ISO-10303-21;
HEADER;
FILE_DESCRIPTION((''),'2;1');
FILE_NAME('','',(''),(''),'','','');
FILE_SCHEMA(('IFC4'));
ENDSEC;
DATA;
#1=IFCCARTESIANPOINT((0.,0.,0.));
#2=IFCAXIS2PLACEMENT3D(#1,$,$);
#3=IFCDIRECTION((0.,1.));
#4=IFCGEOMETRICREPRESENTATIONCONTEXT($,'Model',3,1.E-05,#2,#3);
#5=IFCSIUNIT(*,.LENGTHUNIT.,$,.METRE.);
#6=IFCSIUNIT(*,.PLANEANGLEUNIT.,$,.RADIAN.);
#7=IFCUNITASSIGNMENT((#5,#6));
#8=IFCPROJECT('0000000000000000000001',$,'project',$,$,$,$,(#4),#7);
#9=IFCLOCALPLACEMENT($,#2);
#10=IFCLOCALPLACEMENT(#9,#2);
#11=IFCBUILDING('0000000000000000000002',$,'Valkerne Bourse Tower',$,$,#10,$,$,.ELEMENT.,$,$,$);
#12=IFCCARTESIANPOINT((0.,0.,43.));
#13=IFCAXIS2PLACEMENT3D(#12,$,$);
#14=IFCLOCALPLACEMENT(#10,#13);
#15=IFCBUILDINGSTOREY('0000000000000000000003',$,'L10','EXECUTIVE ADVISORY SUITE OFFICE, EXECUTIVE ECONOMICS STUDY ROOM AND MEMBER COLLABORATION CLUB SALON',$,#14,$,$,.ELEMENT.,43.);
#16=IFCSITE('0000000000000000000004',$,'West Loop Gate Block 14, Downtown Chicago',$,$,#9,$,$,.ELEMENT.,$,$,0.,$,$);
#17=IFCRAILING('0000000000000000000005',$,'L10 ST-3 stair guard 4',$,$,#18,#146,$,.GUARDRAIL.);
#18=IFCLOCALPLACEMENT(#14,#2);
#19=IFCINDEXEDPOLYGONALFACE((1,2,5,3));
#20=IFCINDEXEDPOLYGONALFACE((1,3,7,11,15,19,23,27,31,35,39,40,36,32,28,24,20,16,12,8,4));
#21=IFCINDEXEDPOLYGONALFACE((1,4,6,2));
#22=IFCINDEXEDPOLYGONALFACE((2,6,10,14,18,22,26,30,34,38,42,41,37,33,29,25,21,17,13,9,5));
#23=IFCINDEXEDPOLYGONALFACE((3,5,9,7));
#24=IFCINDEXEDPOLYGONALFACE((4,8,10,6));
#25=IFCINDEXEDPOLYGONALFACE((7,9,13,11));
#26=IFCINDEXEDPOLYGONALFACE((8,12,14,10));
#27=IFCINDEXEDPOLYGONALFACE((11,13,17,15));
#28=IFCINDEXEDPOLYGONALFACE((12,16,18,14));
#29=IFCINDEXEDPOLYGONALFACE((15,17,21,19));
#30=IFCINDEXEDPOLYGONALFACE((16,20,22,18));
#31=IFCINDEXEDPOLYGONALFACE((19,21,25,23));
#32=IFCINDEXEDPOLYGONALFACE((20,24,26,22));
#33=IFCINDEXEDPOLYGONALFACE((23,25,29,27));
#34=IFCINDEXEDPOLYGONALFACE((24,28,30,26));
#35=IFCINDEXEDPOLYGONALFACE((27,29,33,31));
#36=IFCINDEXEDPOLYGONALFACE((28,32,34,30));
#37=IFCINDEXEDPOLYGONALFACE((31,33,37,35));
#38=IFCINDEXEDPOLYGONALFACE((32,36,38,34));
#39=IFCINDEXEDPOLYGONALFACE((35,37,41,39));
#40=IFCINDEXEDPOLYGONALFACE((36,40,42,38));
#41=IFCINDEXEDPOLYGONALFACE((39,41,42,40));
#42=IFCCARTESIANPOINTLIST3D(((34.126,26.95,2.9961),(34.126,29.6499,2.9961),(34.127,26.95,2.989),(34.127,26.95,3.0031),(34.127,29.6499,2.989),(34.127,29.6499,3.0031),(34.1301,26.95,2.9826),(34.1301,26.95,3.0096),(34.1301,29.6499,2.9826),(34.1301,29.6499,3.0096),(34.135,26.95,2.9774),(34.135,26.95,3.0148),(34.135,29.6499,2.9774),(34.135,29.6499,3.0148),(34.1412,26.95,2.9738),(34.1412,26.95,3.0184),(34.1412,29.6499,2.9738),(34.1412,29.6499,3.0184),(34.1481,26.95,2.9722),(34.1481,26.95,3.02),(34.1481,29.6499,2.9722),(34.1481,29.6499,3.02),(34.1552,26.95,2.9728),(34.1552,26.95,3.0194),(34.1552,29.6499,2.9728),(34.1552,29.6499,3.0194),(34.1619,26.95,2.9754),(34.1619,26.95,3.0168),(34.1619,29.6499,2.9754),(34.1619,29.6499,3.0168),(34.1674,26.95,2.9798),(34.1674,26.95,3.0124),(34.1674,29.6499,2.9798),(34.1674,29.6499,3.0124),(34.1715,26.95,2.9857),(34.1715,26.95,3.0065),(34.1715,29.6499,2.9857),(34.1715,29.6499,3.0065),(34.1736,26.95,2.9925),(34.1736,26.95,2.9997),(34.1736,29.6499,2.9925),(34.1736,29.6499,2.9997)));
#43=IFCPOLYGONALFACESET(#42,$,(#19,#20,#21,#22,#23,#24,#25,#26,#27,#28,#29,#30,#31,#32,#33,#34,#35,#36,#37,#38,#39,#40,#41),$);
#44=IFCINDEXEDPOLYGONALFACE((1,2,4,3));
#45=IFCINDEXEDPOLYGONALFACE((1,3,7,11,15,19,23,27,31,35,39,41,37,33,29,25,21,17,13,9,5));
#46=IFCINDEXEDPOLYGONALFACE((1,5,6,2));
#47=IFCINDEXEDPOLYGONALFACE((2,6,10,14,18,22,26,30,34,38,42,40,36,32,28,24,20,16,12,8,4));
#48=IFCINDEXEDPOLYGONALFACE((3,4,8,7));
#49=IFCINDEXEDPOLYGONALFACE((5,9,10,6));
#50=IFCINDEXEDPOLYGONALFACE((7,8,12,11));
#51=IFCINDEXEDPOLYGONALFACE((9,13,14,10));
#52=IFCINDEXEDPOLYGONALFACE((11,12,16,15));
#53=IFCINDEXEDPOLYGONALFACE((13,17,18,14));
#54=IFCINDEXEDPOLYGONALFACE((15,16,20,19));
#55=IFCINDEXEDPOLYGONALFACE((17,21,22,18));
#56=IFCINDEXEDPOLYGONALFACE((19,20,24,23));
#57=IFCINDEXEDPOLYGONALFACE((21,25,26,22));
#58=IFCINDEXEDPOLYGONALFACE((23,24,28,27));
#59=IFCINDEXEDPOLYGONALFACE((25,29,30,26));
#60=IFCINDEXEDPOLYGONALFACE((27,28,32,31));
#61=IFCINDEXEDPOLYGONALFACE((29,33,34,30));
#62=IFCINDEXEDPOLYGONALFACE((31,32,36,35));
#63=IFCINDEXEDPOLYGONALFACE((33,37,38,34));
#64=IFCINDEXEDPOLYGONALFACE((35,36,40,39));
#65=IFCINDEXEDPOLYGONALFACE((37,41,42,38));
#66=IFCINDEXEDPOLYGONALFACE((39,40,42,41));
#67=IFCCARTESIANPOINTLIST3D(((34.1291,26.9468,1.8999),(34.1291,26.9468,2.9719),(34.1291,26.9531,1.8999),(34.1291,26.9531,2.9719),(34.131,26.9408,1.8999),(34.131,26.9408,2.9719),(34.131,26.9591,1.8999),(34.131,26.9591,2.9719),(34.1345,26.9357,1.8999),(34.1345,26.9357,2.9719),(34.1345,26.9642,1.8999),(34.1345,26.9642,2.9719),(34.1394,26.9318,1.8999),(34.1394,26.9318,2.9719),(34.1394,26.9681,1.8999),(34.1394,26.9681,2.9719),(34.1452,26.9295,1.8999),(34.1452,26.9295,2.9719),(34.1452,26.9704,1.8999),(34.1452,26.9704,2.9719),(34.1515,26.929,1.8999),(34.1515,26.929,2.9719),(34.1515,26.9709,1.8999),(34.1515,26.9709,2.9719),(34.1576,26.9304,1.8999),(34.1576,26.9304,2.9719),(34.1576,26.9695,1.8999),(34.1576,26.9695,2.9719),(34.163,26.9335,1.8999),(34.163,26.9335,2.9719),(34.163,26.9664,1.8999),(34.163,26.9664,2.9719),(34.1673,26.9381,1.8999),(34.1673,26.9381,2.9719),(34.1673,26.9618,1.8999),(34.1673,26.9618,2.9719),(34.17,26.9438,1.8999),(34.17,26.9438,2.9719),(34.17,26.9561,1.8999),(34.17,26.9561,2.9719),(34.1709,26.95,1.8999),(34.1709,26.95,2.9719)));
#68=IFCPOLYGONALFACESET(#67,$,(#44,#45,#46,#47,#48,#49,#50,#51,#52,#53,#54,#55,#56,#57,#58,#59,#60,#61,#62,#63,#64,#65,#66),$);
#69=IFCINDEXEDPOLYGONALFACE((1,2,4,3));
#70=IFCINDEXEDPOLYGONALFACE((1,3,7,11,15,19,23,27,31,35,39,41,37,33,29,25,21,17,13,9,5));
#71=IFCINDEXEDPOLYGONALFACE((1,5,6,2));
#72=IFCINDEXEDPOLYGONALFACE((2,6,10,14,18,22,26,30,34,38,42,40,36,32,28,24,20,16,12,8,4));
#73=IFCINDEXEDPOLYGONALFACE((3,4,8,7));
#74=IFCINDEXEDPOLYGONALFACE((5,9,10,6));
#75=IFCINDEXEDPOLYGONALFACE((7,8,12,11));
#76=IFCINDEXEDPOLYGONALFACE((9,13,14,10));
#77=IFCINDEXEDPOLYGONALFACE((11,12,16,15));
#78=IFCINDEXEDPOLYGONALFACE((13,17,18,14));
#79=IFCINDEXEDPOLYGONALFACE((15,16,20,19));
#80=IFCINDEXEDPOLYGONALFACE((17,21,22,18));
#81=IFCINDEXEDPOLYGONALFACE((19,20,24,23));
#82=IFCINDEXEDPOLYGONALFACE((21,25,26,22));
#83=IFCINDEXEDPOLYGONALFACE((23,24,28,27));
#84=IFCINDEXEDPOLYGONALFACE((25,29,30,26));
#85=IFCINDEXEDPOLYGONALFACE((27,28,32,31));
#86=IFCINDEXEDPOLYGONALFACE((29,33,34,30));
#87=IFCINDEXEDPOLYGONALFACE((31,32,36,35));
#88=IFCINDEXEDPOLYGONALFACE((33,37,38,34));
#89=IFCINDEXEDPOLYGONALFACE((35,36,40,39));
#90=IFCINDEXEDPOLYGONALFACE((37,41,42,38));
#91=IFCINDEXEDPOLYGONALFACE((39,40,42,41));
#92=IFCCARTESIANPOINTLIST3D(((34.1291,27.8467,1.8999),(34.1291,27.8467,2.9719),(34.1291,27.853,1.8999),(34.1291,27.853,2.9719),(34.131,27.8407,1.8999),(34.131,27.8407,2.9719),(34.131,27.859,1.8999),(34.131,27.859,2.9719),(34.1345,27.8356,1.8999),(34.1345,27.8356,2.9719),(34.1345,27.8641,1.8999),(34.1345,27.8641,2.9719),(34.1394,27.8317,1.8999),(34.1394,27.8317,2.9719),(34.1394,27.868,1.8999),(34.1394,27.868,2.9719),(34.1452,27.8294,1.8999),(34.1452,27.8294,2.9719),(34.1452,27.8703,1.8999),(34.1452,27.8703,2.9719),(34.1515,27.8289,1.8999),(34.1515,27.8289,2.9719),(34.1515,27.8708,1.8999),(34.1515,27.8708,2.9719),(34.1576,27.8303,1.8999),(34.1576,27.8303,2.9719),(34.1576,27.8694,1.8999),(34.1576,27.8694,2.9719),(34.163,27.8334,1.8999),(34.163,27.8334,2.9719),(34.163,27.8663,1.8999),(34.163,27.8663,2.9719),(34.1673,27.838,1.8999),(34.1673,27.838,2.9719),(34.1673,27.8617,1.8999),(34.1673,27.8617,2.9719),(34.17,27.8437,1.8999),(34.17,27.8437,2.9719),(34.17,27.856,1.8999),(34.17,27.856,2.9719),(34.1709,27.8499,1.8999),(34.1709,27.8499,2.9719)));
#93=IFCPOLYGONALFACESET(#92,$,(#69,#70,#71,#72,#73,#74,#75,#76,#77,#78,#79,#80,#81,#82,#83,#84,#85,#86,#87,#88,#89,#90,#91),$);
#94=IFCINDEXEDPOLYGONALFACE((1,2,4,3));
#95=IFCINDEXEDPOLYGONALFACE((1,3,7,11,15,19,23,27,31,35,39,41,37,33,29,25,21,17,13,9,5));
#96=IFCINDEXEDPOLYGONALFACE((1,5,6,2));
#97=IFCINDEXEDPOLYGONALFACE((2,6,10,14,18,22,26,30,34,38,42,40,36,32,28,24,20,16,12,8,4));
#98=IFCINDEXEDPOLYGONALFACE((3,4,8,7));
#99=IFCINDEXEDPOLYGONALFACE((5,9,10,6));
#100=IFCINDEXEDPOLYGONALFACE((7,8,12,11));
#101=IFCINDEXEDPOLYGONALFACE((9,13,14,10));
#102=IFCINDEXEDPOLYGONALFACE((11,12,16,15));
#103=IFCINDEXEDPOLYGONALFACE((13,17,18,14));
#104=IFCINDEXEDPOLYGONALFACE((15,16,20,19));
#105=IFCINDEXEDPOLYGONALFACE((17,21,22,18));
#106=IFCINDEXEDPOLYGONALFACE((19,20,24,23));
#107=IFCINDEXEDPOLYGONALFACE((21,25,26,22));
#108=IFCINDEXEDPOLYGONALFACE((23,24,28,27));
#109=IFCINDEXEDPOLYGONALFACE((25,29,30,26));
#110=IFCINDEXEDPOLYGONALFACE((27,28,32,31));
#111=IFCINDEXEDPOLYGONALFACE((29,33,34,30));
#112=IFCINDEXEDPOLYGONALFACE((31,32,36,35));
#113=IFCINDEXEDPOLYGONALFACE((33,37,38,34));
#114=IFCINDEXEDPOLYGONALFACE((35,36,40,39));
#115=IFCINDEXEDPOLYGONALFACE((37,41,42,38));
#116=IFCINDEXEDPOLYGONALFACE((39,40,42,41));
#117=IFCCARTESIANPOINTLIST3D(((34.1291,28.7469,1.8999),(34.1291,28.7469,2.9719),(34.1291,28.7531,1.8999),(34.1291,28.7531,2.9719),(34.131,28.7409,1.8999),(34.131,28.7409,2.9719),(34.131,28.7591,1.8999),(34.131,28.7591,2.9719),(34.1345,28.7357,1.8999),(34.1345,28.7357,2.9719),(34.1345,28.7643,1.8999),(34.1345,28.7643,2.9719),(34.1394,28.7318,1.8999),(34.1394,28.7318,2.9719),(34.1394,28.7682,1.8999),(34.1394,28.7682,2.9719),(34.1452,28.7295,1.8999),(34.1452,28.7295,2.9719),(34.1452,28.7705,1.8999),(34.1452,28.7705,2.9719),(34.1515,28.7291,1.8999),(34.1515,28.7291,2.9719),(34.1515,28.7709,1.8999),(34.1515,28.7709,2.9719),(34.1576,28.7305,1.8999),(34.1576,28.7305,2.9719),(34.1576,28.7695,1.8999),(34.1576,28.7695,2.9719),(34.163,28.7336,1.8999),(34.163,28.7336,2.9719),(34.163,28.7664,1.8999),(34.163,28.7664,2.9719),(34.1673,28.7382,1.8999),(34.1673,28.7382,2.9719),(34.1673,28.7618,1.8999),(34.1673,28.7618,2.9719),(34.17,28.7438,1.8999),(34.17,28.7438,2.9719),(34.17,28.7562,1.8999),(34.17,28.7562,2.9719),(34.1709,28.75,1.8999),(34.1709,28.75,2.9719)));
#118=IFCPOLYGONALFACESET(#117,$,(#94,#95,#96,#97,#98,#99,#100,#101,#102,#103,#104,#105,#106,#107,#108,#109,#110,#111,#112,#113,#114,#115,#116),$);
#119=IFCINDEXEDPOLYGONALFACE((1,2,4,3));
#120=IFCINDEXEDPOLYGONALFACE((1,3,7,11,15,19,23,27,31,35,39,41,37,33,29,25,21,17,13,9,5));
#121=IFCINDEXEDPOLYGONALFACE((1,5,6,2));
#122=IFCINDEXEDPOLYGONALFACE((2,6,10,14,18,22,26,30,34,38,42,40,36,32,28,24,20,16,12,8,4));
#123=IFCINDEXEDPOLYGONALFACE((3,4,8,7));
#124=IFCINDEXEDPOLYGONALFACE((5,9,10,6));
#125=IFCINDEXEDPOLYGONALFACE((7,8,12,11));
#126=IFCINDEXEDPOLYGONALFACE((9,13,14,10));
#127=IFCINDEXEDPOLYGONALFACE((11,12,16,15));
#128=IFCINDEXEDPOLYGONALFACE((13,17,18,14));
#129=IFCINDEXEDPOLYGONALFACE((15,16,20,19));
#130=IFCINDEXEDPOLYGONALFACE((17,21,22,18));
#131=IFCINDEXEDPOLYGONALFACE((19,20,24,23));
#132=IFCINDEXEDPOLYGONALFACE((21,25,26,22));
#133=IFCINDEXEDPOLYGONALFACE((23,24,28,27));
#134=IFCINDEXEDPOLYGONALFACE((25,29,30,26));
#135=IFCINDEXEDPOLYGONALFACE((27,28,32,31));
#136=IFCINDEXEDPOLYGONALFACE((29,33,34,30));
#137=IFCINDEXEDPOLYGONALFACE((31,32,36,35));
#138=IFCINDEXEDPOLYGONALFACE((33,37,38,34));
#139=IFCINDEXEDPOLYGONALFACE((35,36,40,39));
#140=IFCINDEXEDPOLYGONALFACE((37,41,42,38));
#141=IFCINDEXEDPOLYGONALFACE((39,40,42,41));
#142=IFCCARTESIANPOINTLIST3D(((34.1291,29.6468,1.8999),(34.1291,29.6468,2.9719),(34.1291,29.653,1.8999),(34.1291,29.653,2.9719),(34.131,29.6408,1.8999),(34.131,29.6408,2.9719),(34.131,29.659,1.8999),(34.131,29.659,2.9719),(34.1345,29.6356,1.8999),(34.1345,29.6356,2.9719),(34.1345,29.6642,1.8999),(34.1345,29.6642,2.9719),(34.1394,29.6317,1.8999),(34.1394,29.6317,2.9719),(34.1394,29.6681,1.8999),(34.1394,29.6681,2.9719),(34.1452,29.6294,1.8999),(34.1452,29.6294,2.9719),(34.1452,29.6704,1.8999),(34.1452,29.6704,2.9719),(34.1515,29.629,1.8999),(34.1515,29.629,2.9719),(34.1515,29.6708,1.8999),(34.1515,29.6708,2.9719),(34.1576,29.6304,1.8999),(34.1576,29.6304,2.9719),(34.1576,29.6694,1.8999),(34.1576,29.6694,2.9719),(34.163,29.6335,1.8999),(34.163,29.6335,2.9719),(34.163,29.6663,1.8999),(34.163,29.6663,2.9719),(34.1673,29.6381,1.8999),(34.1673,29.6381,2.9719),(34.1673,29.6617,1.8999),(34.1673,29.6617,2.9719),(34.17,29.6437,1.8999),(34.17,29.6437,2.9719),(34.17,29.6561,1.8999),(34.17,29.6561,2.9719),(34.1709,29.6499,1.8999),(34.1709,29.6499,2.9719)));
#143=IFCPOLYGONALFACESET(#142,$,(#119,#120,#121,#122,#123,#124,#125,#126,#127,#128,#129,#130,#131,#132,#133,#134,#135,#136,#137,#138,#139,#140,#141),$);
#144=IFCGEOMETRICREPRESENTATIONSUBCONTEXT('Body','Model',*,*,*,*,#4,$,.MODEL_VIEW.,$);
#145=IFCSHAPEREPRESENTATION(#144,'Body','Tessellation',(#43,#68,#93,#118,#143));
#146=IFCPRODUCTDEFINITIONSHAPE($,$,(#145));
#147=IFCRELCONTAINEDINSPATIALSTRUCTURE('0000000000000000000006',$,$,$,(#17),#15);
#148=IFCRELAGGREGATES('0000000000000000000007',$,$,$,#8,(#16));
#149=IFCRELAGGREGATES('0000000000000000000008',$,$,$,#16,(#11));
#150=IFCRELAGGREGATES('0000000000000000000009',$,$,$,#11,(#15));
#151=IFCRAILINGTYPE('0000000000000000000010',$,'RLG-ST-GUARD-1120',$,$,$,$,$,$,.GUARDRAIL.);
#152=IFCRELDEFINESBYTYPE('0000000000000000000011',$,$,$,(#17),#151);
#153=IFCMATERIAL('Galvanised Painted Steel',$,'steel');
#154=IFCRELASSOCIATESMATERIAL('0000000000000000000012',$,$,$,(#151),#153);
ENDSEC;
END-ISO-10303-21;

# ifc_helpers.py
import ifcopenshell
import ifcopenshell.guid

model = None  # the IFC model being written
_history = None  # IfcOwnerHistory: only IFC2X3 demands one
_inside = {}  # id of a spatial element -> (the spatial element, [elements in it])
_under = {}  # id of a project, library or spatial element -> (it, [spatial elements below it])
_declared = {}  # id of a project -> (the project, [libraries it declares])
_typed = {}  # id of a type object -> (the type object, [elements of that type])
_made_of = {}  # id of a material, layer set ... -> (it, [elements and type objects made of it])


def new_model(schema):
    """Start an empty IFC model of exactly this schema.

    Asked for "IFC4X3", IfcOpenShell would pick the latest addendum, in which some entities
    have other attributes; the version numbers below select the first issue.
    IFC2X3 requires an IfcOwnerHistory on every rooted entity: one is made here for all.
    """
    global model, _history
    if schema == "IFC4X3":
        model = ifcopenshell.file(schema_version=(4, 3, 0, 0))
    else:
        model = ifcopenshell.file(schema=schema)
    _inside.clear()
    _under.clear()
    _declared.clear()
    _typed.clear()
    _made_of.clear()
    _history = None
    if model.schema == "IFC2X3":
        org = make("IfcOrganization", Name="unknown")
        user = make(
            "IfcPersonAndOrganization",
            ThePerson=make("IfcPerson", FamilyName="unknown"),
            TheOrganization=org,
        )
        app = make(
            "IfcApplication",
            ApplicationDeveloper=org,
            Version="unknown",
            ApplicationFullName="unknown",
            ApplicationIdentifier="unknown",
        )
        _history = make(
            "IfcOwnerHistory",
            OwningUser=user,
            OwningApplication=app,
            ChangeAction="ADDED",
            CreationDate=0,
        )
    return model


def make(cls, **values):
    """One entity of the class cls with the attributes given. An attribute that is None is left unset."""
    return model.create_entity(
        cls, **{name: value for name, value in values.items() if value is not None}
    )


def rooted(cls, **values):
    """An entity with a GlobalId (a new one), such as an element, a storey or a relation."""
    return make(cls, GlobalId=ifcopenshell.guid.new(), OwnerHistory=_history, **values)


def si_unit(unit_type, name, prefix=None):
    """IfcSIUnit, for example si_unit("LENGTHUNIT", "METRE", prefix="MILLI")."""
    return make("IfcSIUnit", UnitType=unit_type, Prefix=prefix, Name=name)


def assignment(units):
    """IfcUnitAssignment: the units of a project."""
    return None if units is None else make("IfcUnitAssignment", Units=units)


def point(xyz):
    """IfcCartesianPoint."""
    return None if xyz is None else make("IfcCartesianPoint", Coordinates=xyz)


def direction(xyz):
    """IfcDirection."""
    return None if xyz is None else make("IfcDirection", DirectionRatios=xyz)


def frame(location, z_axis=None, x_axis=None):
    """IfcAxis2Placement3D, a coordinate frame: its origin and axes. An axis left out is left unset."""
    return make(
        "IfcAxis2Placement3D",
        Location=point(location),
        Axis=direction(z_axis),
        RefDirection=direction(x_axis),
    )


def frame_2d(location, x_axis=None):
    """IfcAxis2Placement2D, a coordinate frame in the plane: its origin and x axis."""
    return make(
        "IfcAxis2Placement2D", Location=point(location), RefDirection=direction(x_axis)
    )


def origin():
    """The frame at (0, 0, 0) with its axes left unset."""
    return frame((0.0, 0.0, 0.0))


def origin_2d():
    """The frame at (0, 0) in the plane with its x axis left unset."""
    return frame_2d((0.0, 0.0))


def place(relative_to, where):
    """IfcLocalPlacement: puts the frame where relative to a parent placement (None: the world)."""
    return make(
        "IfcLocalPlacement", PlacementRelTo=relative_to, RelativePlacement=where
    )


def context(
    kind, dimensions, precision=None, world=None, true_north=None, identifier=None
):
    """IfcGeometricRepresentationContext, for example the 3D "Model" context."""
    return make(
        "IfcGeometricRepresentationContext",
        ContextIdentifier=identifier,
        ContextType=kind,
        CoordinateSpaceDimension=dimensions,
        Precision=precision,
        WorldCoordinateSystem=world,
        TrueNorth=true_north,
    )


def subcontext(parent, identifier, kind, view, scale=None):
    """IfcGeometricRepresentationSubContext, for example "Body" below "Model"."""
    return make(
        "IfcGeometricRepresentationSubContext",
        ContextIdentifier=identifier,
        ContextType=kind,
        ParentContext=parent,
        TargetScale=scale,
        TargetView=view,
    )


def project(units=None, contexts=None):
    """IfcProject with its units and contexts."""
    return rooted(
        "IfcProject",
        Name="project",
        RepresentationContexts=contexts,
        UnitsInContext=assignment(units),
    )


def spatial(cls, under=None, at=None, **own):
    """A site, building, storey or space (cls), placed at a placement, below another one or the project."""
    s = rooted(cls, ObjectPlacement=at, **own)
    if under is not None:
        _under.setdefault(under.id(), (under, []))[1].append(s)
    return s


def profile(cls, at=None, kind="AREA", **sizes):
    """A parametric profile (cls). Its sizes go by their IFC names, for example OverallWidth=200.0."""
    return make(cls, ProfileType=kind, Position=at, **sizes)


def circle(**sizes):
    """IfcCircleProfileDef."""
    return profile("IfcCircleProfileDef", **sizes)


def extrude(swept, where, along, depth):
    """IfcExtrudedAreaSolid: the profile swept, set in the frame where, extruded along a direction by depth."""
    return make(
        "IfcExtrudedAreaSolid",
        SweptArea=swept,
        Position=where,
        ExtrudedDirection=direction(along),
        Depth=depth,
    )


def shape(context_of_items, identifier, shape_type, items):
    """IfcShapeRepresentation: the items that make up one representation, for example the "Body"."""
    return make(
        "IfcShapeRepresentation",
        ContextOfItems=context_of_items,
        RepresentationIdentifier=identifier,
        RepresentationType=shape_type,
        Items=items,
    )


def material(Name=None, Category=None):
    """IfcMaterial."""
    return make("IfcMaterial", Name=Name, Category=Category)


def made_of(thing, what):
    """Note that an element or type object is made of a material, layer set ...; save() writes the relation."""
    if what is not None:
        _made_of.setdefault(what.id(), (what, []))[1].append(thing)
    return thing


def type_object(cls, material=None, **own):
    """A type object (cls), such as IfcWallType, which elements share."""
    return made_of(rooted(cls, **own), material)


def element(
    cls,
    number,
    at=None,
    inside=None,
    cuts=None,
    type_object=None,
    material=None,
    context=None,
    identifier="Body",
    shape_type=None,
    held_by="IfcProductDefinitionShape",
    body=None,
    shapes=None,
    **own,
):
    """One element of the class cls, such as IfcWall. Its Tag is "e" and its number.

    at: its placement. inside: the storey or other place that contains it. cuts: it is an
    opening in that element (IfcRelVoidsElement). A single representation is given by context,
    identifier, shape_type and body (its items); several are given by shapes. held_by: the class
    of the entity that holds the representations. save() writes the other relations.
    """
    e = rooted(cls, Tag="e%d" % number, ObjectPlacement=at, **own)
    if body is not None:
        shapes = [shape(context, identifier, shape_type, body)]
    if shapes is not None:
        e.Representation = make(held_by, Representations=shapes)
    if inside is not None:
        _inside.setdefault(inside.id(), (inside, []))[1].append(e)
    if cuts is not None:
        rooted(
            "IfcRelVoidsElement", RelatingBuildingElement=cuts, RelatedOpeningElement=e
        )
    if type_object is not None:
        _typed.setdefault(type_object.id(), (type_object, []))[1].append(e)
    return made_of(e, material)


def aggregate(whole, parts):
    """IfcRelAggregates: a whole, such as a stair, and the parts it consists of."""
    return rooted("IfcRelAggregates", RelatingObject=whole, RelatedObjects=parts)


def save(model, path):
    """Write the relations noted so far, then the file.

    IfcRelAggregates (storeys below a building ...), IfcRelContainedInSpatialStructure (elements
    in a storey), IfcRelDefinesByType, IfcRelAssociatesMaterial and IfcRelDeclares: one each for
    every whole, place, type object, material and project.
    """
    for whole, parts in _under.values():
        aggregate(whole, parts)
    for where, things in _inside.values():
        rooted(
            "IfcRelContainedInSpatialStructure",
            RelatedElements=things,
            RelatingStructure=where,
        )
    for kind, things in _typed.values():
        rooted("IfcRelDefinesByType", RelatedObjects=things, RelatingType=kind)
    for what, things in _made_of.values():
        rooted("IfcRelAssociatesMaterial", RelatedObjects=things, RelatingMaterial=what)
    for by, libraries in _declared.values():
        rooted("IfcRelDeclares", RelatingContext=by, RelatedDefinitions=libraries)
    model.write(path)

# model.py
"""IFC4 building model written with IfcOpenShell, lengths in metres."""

from ifc_helpers import new_model, si_unit, direction, frame, origin, origin_2d, place, context, subcontext, project, spatial, circle, extrude, material, type_object, element, save


model = new_model("IFC4")

# Units and contexts
model_context = context("Model", 3, precision=1e-05, world=origin(), true_north=direction((0.0, 1.0)))
body_context = subcontext(model_context, "Body", "Model", "MODEL_VIEW")
ifc_project = project(units=[si_unit("LENGTHUNIT", "METRE"), si_unit("PLANEANGLEUNIT", "RADIAN")], contexts=[model_context])

# Site, building, storey
site_placement = place(None, origin())
site = spatial("IfcSite", under=ifc_project, at=site_placement, Name="West Loop Gate Block 14, Downtown Chicago", CompositionType="ELEMENT", RefElevation=0.0)
building_placement = place(site_placement, origin())
building = spatial("IfcBuilding", under=site, at=building_placement, Name="Valkerne Bourse Tower", CompositionType="ELEMENT")
storey_placement = place(building_placement, frame((0.0, 0.0, 43.0)))
storey = spatial("IfcBuildingStorey", under=building, at=storey_placement, Name="L10", Description="EXECUTIVE ADVISORY SUITE OFFICE, EXECUTIVE ECONOMICS STUDY ROOM AND MEMBER COLLABORATION CLUB SALON", CompositionType="ELEMENT", Elevation=43.0)

# Shared definitions
ifc_material_1 = material(Name="Galvanised Painted Steel", Category="steel")

# Railing
railing_type_1 = type_object("IfcRailingType", Name="RLG-ST-GUARD-1120", PredefinedType="GUARDRAIL", material=ifc_material_1)
for number, where, name in (
    (1, (34.1499, 26.95, 1.8999), "L10 ST-3 stair guard 4"),
):
    element("IfcRailing", number, at=place(storey_placement, frame(where)), inside=storey, type_object=railing_type_1, Name=name, PredefinedType="GUARDRAIL", context=body_context, shape_type="SweptSolid", body=[
        extrude(circle(Radius=0.0239, at=origin_2d()), frame((0.0, 0.0, 1.0962), z_axis=(0.0, 1.0, 0.0), x_axis=(-1.0, 0.0, 0.0)), (0.0, 0.0, 1.0), 2.7),
        extrude(circle(Radius=0.021, at=origin_2d()), origin(), (0.0, 0.0, 1.0), 1.072),
        extrude(circle(Radius=0.021, at=origin_2d()), frame((0.0, 0.8999, 0.0)), (0.0, 0.0, 1.0), 1.072),
        extrude(circle(Radius=0.021, at=origin_2d()), frame((0.0, 1.8, 0.0)), (0.0, 0.0, 1.0), 1.072),
        extrude(circle(Radius=0.021, at=origin_2d()), frame((0.0, 2.7, 0.0)), (0.0, 0.0, 1.0), 1.072),
    ])

save(model, "model.ifc")
